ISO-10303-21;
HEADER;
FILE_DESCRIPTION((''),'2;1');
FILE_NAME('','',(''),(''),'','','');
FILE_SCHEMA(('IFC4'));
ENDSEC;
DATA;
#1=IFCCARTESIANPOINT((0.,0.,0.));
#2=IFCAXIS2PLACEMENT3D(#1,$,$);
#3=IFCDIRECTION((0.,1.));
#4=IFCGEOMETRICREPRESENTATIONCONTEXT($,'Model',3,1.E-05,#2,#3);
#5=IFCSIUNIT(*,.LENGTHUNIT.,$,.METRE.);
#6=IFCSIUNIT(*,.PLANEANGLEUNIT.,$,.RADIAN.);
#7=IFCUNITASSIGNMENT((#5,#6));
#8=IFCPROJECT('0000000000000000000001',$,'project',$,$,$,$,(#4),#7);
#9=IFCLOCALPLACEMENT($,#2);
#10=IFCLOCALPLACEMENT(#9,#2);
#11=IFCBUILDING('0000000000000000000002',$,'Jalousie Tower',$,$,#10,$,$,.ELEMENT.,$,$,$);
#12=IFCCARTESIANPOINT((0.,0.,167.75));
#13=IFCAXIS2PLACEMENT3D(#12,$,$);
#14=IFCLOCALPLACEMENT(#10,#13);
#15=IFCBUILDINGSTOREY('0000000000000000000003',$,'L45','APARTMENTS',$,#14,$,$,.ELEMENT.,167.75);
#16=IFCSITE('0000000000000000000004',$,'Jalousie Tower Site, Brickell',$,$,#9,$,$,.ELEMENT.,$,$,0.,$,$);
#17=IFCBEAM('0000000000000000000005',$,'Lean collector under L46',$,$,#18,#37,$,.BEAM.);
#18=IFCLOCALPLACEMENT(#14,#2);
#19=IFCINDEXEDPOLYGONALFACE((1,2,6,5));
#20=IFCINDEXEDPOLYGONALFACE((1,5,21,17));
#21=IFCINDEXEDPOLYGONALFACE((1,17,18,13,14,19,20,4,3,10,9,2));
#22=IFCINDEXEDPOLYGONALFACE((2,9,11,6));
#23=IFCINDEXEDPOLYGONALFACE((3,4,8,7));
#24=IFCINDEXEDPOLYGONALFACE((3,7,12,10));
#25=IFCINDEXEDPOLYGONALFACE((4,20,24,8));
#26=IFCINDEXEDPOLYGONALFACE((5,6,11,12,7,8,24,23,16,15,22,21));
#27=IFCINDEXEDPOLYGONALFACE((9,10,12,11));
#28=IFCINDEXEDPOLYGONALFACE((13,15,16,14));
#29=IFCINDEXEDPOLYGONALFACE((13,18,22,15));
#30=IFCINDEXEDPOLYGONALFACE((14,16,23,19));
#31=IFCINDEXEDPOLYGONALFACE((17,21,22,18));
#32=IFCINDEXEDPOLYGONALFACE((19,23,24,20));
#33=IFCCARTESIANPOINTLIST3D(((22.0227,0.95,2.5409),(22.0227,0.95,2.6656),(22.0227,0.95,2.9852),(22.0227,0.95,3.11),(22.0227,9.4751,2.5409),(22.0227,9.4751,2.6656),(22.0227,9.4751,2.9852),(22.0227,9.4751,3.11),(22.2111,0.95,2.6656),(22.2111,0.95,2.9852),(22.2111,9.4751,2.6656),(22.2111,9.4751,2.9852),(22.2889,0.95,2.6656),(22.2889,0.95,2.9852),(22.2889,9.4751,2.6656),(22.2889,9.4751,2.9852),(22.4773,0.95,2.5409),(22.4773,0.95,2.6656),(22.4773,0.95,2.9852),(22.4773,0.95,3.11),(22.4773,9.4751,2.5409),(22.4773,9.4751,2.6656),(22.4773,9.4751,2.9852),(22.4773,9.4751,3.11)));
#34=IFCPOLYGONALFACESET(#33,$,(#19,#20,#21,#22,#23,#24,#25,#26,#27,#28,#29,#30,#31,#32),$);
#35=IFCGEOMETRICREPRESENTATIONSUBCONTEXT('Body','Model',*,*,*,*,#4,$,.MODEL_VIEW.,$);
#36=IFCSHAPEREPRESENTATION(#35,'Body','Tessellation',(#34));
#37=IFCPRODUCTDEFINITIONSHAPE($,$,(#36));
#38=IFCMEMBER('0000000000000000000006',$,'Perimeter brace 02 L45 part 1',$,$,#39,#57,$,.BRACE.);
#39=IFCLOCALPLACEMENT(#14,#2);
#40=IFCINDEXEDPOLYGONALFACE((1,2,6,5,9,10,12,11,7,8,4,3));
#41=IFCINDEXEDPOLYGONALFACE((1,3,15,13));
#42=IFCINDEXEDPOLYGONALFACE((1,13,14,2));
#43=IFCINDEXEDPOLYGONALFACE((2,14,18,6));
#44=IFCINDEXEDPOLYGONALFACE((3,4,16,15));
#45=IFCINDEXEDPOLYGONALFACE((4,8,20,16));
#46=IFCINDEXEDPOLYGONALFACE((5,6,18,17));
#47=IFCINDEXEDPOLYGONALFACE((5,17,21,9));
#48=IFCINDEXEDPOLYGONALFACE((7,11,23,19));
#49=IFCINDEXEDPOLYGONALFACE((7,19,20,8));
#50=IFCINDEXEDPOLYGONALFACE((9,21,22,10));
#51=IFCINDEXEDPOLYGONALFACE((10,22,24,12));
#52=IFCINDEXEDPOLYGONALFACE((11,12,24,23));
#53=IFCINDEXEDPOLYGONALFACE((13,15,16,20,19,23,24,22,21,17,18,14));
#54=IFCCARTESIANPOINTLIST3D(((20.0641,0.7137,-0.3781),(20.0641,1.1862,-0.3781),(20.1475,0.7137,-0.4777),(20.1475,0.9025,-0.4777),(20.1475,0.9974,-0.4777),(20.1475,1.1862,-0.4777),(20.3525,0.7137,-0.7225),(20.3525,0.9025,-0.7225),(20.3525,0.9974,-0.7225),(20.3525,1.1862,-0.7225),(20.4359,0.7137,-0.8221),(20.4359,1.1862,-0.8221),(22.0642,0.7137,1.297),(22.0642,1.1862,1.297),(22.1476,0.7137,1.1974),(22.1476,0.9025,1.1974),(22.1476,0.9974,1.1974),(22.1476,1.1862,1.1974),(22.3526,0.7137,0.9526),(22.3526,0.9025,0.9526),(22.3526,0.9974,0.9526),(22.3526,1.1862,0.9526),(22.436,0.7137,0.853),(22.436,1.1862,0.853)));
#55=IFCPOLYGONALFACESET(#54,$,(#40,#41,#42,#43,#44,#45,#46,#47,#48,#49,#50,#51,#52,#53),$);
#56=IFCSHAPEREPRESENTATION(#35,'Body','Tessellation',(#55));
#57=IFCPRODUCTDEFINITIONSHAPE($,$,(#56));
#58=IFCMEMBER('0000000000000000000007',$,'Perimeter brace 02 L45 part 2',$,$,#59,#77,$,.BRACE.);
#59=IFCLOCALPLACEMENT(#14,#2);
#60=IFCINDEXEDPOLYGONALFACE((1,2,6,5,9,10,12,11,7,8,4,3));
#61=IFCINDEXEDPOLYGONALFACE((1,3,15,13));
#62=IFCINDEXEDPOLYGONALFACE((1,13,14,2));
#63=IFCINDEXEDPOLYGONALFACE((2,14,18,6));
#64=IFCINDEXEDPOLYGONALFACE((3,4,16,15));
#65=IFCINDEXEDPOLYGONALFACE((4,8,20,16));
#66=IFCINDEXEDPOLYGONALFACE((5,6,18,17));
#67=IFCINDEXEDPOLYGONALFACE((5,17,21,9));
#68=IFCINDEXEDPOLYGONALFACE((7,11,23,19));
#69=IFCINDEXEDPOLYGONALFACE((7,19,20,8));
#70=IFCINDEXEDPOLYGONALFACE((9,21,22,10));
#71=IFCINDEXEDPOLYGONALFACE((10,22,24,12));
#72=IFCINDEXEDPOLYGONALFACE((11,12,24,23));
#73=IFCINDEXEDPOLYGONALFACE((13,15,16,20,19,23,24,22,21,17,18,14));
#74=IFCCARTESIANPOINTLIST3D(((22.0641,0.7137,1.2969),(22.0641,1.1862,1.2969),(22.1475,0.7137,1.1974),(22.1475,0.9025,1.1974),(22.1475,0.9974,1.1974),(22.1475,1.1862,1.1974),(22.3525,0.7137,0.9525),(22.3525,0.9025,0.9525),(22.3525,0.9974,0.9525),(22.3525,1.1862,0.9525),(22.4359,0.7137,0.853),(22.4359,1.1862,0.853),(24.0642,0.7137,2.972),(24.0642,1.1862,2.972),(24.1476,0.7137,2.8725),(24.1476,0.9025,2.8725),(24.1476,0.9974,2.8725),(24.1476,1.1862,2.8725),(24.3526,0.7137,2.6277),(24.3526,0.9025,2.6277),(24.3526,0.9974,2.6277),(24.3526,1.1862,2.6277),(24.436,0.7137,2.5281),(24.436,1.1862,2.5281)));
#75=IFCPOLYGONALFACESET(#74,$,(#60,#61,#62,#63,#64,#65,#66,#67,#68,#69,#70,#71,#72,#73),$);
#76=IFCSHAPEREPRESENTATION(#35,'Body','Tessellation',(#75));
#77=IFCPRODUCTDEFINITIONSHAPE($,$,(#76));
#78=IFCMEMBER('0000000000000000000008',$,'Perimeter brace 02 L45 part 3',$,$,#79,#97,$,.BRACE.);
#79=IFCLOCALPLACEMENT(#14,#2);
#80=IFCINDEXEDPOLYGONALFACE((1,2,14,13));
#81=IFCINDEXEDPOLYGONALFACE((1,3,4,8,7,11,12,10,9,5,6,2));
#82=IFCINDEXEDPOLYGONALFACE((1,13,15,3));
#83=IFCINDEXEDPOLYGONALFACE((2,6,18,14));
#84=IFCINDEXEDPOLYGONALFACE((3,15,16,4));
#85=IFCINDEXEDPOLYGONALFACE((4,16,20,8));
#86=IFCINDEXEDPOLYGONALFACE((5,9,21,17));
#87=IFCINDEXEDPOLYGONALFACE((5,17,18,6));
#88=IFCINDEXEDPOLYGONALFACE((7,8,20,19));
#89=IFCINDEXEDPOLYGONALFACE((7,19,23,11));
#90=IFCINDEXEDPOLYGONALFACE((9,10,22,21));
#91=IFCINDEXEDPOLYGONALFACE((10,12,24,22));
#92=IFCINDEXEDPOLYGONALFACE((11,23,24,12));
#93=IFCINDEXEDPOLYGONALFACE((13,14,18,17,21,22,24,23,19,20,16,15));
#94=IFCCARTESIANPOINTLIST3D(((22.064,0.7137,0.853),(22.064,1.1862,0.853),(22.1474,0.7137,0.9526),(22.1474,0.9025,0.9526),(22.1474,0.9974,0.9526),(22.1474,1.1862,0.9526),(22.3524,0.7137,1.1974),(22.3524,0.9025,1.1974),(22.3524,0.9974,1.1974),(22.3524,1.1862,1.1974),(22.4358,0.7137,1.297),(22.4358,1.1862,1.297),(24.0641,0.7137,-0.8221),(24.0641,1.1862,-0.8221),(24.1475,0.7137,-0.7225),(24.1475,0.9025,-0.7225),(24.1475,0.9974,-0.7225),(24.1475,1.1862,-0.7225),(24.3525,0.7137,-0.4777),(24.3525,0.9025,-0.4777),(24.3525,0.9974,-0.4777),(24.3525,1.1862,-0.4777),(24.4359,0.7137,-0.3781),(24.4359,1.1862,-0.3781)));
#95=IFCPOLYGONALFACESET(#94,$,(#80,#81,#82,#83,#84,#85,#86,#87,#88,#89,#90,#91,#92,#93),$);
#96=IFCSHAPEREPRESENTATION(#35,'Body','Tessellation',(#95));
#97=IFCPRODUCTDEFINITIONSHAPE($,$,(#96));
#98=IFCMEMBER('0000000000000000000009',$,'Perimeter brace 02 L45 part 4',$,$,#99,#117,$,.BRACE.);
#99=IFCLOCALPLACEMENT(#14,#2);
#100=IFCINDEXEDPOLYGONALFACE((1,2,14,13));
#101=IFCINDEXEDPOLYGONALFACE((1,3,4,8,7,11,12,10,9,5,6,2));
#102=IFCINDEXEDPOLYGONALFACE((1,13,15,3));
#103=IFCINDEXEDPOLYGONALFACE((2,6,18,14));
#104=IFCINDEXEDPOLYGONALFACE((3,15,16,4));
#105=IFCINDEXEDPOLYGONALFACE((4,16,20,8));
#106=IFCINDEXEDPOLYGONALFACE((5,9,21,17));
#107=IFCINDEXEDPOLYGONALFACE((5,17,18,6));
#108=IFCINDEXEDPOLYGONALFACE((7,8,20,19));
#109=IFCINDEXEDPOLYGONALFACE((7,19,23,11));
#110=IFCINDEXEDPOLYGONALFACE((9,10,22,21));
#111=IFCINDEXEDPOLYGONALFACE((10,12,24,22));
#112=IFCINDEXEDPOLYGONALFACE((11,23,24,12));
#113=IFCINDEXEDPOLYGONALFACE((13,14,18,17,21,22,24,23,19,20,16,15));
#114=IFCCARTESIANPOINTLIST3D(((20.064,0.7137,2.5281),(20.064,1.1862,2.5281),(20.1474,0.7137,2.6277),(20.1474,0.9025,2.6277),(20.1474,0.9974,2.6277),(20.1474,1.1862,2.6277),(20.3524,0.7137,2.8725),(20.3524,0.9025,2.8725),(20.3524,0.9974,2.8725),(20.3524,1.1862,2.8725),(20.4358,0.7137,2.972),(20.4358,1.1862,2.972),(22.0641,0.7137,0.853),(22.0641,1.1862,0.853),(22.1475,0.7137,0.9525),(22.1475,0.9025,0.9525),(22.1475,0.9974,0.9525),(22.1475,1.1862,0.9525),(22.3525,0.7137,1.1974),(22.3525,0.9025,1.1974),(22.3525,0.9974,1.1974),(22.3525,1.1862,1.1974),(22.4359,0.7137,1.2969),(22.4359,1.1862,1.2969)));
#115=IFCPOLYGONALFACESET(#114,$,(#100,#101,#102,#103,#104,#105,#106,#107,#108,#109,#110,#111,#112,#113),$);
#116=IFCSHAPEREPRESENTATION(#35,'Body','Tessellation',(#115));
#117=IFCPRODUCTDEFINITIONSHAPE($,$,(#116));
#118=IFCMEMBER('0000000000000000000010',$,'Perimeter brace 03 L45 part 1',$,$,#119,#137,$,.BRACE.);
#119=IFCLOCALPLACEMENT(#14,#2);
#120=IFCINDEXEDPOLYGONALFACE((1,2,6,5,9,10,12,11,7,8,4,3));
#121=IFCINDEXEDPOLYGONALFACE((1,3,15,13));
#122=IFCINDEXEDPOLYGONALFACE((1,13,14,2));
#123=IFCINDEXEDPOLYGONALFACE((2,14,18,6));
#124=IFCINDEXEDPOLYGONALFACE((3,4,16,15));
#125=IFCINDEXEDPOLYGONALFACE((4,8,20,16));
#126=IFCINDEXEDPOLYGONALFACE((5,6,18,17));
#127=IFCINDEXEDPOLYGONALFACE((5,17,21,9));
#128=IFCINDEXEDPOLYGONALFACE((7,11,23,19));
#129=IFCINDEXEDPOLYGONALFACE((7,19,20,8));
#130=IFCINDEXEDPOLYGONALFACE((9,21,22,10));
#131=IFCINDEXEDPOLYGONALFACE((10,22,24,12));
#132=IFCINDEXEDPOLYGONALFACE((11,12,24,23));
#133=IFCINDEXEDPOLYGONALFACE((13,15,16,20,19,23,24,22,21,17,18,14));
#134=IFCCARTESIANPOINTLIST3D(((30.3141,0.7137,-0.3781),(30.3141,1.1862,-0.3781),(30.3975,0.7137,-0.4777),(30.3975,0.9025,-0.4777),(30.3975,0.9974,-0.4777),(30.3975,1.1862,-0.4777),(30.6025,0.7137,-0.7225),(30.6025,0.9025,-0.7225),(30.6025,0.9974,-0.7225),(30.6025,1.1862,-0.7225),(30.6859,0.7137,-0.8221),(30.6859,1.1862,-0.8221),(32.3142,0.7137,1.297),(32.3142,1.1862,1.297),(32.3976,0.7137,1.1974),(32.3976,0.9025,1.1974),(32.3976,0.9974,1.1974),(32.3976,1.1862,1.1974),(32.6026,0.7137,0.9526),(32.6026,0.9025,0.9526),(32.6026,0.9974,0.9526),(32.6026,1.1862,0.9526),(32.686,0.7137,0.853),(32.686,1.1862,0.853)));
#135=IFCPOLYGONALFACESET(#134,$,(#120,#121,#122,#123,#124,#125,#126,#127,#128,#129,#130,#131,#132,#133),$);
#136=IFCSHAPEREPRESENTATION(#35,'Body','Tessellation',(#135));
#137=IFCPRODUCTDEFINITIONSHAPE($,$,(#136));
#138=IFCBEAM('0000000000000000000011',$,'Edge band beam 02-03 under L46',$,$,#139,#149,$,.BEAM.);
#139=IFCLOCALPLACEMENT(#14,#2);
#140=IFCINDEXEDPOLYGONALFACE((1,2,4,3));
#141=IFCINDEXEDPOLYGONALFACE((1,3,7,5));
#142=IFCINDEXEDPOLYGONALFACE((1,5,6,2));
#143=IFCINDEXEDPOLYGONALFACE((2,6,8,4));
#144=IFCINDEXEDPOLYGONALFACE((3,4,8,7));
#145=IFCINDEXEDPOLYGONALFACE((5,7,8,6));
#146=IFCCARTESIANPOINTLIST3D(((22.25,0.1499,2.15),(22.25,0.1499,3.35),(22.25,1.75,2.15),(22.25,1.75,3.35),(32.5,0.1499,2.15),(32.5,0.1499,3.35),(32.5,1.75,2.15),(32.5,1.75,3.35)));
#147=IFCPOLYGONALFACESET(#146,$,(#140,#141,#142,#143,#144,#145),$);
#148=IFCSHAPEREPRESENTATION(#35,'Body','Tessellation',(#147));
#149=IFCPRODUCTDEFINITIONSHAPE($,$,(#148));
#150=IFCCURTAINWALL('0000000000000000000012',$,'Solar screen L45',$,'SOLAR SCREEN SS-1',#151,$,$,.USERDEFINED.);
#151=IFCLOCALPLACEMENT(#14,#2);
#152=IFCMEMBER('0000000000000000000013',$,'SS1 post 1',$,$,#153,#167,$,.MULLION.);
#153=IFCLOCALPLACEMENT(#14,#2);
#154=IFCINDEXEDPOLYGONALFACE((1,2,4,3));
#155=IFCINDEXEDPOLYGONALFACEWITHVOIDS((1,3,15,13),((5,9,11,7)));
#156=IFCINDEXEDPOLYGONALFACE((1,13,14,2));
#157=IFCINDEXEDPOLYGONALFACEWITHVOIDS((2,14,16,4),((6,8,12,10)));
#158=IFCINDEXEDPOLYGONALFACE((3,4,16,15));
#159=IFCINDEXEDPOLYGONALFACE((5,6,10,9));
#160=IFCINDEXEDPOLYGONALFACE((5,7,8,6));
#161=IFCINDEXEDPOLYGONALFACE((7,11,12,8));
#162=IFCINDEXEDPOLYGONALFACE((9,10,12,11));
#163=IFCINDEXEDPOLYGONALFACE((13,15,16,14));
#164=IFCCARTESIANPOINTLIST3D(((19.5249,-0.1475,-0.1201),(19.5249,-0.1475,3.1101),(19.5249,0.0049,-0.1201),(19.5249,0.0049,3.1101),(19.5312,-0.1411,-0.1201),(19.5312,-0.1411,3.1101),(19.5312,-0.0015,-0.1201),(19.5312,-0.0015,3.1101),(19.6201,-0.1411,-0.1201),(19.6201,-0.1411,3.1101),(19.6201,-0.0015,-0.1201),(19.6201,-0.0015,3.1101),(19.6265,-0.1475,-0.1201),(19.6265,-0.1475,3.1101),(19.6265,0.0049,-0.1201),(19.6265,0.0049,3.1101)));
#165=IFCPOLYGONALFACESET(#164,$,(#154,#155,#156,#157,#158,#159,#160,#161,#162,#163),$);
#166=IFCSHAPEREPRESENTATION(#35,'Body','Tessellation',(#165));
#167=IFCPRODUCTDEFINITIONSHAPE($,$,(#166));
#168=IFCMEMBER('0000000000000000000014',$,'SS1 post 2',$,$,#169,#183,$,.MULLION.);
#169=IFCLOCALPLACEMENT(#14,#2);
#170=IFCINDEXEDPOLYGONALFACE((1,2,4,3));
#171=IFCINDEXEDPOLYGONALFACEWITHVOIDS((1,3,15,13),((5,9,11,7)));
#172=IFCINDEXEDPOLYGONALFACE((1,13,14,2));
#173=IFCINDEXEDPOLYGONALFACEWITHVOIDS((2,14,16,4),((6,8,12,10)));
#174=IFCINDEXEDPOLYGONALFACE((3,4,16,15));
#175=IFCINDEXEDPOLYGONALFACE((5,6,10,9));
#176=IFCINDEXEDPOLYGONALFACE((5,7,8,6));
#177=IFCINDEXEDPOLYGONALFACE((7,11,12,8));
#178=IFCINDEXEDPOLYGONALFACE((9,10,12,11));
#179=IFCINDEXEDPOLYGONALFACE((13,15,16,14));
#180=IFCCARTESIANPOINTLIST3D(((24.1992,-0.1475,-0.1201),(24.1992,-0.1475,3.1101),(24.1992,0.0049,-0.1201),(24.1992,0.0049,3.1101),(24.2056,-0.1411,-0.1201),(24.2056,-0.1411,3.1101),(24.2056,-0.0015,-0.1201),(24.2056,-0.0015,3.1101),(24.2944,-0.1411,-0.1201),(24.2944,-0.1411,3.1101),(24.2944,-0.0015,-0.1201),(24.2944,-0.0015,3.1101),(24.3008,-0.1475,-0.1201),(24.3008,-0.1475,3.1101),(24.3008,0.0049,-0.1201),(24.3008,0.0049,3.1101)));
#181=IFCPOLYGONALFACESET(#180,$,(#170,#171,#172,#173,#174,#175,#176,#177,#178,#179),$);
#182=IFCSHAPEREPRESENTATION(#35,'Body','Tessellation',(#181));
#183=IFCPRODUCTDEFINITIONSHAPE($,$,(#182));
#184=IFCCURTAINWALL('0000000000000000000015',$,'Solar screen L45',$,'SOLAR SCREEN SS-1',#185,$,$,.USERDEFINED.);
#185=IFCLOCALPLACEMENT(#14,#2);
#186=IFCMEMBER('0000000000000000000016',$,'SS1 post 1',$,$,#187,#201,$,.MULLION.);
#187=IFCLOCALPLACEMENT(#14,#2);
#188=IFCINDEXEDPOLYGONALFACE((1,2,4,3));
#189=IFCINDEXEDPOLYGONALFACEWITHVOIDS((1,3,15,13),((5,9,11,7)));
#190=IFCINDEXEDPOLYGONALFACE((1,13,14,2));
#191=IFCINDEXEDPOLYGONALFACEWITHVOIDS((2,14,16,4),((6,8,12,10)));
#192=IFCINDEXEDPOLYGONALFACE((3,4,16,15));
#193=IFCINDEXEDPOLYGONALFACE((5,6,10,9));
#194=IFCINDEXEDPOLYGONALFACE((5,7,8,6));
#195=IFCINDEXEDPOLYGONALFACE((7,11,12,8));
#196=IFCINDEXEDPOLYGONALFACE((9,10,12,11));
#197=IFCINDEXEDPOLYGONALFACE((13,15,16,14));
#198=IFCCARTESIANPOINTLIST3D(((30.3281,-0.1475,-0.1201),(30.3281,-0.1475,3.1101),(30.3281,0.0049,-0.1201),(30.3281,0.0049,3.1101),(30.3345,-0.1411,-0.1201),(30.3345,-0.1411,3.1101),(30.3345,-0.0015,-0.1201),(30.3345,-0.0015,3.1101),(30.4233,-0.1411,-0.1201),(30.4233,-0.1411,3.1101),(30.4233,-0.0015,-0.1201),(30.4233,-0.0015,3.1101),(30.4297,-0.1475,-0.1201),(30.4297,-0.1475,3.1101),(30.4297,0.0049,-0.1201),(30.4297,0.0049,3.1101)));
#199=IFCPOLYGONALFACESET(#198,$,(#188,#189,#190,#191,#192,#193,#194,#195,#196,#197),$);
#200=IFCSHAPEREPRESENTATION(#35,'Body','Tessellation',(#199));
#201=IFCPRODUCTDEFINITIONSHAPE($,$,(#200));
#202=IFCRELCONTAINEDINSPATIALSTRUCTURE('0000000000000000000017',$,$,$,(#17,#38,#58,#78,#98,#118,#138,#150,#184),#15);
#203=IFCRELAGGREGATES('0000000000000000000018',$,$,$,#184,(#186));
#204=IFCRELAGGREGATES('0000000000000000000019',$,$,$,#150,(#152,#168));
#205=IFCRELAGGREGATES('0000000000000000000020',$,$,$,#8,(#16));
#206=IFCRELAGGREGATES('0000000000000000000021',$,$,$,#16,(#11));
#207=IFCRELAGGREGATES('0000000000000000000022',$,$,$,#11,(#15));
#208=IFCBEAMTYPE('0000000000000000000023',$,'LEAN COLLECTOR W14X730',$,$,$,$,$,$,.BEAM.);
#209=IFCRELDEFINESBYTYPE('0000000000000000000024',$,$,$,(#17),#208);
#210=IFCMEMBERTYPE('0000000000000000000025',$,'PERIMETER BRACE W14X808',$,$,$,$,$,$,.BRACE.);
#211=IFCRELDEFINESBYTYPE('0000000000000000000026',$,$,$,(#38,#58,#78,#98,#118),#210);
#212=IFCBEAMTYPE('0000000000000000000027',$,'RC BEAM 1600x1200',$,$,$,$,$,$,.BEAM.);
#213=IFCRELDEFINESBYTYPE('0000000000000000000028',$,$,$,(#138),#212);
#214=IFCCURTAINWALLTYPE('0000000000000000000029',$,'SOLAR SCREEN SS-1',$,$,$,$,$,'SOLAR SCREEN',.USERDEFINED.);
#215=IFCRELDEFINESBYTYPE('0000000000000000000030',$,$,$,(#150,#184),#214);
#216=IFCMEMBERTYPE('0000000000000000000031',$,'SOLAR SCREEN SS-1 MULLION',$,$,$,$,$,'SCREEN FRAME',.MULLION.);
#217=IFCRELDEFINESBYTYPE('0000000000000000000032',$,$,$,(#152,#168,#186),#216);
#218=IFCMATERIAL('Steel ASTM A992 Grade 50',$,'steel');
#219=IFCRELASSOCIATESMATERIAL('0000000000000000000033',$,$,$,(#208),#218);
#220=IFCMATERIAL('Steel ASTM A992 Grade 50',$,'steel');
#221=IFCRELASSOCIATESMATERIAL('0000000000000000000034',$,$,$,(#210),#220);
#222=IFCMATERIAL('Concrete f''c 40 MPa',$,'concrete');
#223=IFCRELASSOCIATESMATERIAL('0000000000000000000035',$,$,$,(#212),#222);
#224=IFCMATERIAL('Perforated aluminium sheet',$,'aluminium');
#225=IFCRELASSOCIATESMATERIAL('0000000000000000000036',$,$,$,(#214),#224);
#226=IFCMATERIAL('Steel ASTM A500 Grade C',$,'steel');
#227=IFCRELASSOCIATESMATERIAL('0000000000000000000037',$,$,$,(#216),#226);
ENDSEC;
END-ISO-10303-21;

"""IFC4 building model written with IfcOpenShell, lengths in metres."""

from ifc_helpers import new_model, si_unit, direction, frame, origin, origin_2d, place, context, subcontext, project, spatial, rectangle, hollow_rectangle, i_section, extrude, material, material_profile, profile_set, type_object, element, aggregate, save


model = new_model("IFC4")

# Units and contexts
model_context = context("Model", 3, precision=1e-05, world=origin(), true_north=direction((0.0, 1.0)))
body_context = subcontext(model_context, "Body", "Model", "MODEL_VIEW")
ifc_project = project(units=[si_unit("LENGTHUNIT", "METRE"), si_unit("PLANEANGLEUNIT", "RADIAN")], contexts=[model_context])

# Site, building, storey
site_placement = place(None, origin())
site = spatial("IfcSite", under=ifc_project, at=site_placement, Name="Jalousie Tower Site, Brickell", CompositionType="ELEMENT", RefElevation=0.0)
building_placement = place(site_placement, origin())
building = spatial("IfcBuilding", under=site, at=building_placement, Name="Jalousie Tower", CompositionType="ELEMENT")
storey_placement = place(building_placement, frame((0.0, 0.0, 167.75)))
storey = spatial("IfcBuildingStorey", under=building, at=storey_placement, Name="L45", Description="APARTMENTS", CompositionType="ELEMENT", Elevation=167.75)

# Beam
ifc_material_1 = material(Name="Steel ASTM A992 Grade 50", Category="steel")
ifc_material_profile_1 = material_profile(ifc_material_1, i_section(OverallWidth=0.4546, OverallDepth=0.5691, WebThickness=0.0779, FlangeThickness=0.1248, at=origin_2d()), Name="W14X730")
ifc_profile_set_1 = profile_set([ifc_material_profile_1], Name="Steel ASTM A992 Grade 50")
beam_type_1 = type_object("IfcBeamType", Name="LEAN COLLECTOR W14X730", PredefinedType="BEAM", material=ifc_profile_set_1)
beam_1_placement = place(storey_placement, frame((22.25, 0.95, 2.8254), z_axis=(0.0, 1.0, 0.0), x_axis=(-1.0, 0.0, 0.0)))
element("IfcBeam", 1, at=beam_1_placement, inside=storey, type_object=beam_type_1, Name="Lean collector under L46", PredefinedType="BEAM", context=body_context, shape_type="SweptSolid", body=[
    extrude(i_section(OverallWidth=0.4546, OverallDepth=0.5691, WebThickness=0.0779, FlangeThickness=0.1248, at=origin_2d()), origin(), (0.0, 0.0, 1.0), 8.5251),
])

# Members
ifc_material_2 = material(Name="Steel ASTM A992 Grade 50", Category="steel")
ifc_material_profile_2 = material_profile(ifc_material_2, i_section(OverallWidth=0.4724, OverallDepth=0.5791, WebThickness=0.095, FlangeThickness=0.1299, at=origin_2d()), Name="W14X808")
ifc_profile_set_2 = profile_set([ifc_material_profile_2], Name="Steel ASTM A992 Grade 50")
member_type_1 = type_object("IfcMemberType", Name="PERIMETER BRACE W14X808", PredefinedType="BRACE", material=ifc_profile_set_2)
for number, where, z_axis, x_axis, name in (
    (2, (20.25, 0.95, -0.6001), (0.766639, 0.0, 0.642079), (0.0, 1.0, 0.0), "Perimeter brace 02 L45 part 1"),
    (3, (22.25, 0.95, 1.075), (0.766639, 0.0, 0.642079), (0.0, 1.0, 0.0), "Perimeter brace 02 L45 part 2"),
    (4, (24.25, 0.95, -0.6001), (-0.766639, 0.0, 0.642079), (0.0, -1.0, 0.0), "Perimeter brace 02 L45 part 3"),
    (5, (22.25, 0.95, 1.075), (-0.766639, 0.0, 0.642079), (0.0, -1.0, 0.0), "Perimeter brace 02 L45 part 4"),
    (6, (30.5, 0.95, -0.6001), (0.766639, 0.0, 0.642079), (0.0, 1.0, 0.0), "Perimeter brace 03 L45 part 1"),
):
    element("IfcMember", number, at=place(storey_placement, frame(where, z_axis=z_axis, x_axis=x_axis)), inside=storey, type_object=member_type_1, Name=name, PredefinedType="BRACE", context=body_context, shape_type="SweptSolid", body=[
        extrude(i_section(OverallWidth=0.4724, OverallDepth=0.5791, WebThickness=0.095, FlangeThickness=0.1299, at=origin_2d()), origin(), (0.0, 0.0, 1.0), 2.6089),
    ])

# Beam
ifc_material_3 = material(Name="Concrete f'c 40 MPa", Category="concrete")
ifc_material_profile_3 = material_profile(ifc_material_3, rectangle(XDim=1.6001, YDim=1.2, at=origin_2d()), Name="RC 1600x1200")
ifc_profile_set_3 = profile_set([ifc_material_profile_3], Name="Concrete f'c 40 MPa")
beam_type_2 = type_object("IfcBeamType", Name="RC BEAM 1600x1200", PredefinedType="BEAM", material=ifc_profile_set_3)
beam_2_placement = place(storey_placement, frame((22.25, 0.95, 2.75), z_axis=(1.0, 0.0, 0.0), x_axis=(0.0, 1.0, 0.0)))
element("IfcBeam", 7, at=beam_2_placement, inside=storey, type_object=beam_type_2, Name="Edge band beam 02-03 under L46", PredefinedType="BEAM", context=body_context, shape_type="SweptSolid", body=[
    extrude(rectangle(XDim=1.6001, YDim=1.2, at=origin_2d()), origin(), (0.0, 0.0, 1.0), 10.25),
])

# Curtain wall, members
ifc_material_4 = material(Name="Perforated aluminium sheet", Category="aluminium")
curtain_wall_type = type_object("IfcCurtainWallType", Name="SOLAR SCREEN SS-1", ElementType="SOLAR SCREEN", PredefinedType="USERDEFINED", material=ifc_material_4)
curtain_wall_1_placement = place(storey_placement, origin())
curtain_wall_1 = element("IfcCurtainWall", 8, at=curtain_wall_1_placement, inside=storey, type_object=curtain_wall_type, Name="Solar screen L45", ObjectType="SOLAR SCREEN SS-1", PredefinedType="USERDEFINED")
ifc_material_5 = material(Name="Steel ASTM A500 Grade C", Category="steel")
ifc_material_profile_4 = material_profile(ifc_material_5, hollow_rectangle(XDim=0.1016, YDim=0.1523, WallThickness=0.0063, at=origin_2d()), Name="HSS6X4X1/4")
ifc_profile_set_4 = profile_set([ifc_material_profile_4], Name="Steel ASTM A500 Grade C")
member_type_2 = type_object("IfcMemberType", Name="SOLAR SCREEN SS-1 MULLION", ElementType="SCREEN FRAME", PredefinedType="MULLION", material=ifc_profile_set_4)
member_1_placement = place(storey_placement, frame((19.5757, -0.0713, -0.1201), z_axis=(0.0, 0.0, 1.0), x_axis=(1.0, 0.0, 0.0)))
member_1 = element("IfcMember", 9, at=member_1_placement, type_object=member_type_2, Name="SS1 post 1", PredefinedType="MULLION", context=body_context, shape_type="SweptSolid", body=[
    extrude(hollow_rectangle(XDim=0.1016, YDim=0.1523, WallThickness=0.0063, at=origin_2d()), origin(), (0.0, 0.0, 1.0), 3.2302),
])
member_2_placement = place(storey_placement, frame((24.25, -0.0713, -0.1201), z_axis=(0.0, 0.0, 1.0), x_axis=(1.0, 0.0, 0.0)))
member_2 = element("IfcMember", 10, at=member_2_placement, type_object=member_type_2, Name="SS1 post 2", PredefinedType="MULLION", context=body_context, shape_type="SweptSolid", body=[
    extrude(hollow_rectangle(XDim=0.1016, YDim=0.1523, WallThickness=0.0063, at=origin_2d()), origin(), (0.0, 0.0, 1.0), 3.2302),
])

# Curtain wall, member
curtain_wall_2_placement = place(storey_placement, origin())
curtain_wall_2 = element("IfcCurtainWall", 11, at=curtain_wall_2_placement, inside=storey, type_object=curtain_wall_type, Name="Solar screen L45", ObjectType="SOLAR SCREEN SS-1", PredefinedType="USERDEFINED")
member_3_placement = place(storey_placement, frame((30.3789, -0.0713, -0.1201), z_axis=(0.0, 0.0, 1.0), x_axis=(1.0, 0.0, 0.0)))
member_3 = element("IfcMember", 12, at=member_3_placement, type_object=member_type_2, Name="SS1 post 1", PredefinedType="MULLION", context=body_context, shape_type="SweptSolid", body=[
    extrude(hollow_rectangle(XDim=0.1016, YDim=0.1523, WallThickness=0.0063, at=origin_2d()), origin(), (0.0, 0.0, 1.0), 3.2302),
])

aggregate(curtain_wall_2, [member_3])

aggregate(curtain_wall_1, [member_1, member_2])

save(model, "model.ifc")
